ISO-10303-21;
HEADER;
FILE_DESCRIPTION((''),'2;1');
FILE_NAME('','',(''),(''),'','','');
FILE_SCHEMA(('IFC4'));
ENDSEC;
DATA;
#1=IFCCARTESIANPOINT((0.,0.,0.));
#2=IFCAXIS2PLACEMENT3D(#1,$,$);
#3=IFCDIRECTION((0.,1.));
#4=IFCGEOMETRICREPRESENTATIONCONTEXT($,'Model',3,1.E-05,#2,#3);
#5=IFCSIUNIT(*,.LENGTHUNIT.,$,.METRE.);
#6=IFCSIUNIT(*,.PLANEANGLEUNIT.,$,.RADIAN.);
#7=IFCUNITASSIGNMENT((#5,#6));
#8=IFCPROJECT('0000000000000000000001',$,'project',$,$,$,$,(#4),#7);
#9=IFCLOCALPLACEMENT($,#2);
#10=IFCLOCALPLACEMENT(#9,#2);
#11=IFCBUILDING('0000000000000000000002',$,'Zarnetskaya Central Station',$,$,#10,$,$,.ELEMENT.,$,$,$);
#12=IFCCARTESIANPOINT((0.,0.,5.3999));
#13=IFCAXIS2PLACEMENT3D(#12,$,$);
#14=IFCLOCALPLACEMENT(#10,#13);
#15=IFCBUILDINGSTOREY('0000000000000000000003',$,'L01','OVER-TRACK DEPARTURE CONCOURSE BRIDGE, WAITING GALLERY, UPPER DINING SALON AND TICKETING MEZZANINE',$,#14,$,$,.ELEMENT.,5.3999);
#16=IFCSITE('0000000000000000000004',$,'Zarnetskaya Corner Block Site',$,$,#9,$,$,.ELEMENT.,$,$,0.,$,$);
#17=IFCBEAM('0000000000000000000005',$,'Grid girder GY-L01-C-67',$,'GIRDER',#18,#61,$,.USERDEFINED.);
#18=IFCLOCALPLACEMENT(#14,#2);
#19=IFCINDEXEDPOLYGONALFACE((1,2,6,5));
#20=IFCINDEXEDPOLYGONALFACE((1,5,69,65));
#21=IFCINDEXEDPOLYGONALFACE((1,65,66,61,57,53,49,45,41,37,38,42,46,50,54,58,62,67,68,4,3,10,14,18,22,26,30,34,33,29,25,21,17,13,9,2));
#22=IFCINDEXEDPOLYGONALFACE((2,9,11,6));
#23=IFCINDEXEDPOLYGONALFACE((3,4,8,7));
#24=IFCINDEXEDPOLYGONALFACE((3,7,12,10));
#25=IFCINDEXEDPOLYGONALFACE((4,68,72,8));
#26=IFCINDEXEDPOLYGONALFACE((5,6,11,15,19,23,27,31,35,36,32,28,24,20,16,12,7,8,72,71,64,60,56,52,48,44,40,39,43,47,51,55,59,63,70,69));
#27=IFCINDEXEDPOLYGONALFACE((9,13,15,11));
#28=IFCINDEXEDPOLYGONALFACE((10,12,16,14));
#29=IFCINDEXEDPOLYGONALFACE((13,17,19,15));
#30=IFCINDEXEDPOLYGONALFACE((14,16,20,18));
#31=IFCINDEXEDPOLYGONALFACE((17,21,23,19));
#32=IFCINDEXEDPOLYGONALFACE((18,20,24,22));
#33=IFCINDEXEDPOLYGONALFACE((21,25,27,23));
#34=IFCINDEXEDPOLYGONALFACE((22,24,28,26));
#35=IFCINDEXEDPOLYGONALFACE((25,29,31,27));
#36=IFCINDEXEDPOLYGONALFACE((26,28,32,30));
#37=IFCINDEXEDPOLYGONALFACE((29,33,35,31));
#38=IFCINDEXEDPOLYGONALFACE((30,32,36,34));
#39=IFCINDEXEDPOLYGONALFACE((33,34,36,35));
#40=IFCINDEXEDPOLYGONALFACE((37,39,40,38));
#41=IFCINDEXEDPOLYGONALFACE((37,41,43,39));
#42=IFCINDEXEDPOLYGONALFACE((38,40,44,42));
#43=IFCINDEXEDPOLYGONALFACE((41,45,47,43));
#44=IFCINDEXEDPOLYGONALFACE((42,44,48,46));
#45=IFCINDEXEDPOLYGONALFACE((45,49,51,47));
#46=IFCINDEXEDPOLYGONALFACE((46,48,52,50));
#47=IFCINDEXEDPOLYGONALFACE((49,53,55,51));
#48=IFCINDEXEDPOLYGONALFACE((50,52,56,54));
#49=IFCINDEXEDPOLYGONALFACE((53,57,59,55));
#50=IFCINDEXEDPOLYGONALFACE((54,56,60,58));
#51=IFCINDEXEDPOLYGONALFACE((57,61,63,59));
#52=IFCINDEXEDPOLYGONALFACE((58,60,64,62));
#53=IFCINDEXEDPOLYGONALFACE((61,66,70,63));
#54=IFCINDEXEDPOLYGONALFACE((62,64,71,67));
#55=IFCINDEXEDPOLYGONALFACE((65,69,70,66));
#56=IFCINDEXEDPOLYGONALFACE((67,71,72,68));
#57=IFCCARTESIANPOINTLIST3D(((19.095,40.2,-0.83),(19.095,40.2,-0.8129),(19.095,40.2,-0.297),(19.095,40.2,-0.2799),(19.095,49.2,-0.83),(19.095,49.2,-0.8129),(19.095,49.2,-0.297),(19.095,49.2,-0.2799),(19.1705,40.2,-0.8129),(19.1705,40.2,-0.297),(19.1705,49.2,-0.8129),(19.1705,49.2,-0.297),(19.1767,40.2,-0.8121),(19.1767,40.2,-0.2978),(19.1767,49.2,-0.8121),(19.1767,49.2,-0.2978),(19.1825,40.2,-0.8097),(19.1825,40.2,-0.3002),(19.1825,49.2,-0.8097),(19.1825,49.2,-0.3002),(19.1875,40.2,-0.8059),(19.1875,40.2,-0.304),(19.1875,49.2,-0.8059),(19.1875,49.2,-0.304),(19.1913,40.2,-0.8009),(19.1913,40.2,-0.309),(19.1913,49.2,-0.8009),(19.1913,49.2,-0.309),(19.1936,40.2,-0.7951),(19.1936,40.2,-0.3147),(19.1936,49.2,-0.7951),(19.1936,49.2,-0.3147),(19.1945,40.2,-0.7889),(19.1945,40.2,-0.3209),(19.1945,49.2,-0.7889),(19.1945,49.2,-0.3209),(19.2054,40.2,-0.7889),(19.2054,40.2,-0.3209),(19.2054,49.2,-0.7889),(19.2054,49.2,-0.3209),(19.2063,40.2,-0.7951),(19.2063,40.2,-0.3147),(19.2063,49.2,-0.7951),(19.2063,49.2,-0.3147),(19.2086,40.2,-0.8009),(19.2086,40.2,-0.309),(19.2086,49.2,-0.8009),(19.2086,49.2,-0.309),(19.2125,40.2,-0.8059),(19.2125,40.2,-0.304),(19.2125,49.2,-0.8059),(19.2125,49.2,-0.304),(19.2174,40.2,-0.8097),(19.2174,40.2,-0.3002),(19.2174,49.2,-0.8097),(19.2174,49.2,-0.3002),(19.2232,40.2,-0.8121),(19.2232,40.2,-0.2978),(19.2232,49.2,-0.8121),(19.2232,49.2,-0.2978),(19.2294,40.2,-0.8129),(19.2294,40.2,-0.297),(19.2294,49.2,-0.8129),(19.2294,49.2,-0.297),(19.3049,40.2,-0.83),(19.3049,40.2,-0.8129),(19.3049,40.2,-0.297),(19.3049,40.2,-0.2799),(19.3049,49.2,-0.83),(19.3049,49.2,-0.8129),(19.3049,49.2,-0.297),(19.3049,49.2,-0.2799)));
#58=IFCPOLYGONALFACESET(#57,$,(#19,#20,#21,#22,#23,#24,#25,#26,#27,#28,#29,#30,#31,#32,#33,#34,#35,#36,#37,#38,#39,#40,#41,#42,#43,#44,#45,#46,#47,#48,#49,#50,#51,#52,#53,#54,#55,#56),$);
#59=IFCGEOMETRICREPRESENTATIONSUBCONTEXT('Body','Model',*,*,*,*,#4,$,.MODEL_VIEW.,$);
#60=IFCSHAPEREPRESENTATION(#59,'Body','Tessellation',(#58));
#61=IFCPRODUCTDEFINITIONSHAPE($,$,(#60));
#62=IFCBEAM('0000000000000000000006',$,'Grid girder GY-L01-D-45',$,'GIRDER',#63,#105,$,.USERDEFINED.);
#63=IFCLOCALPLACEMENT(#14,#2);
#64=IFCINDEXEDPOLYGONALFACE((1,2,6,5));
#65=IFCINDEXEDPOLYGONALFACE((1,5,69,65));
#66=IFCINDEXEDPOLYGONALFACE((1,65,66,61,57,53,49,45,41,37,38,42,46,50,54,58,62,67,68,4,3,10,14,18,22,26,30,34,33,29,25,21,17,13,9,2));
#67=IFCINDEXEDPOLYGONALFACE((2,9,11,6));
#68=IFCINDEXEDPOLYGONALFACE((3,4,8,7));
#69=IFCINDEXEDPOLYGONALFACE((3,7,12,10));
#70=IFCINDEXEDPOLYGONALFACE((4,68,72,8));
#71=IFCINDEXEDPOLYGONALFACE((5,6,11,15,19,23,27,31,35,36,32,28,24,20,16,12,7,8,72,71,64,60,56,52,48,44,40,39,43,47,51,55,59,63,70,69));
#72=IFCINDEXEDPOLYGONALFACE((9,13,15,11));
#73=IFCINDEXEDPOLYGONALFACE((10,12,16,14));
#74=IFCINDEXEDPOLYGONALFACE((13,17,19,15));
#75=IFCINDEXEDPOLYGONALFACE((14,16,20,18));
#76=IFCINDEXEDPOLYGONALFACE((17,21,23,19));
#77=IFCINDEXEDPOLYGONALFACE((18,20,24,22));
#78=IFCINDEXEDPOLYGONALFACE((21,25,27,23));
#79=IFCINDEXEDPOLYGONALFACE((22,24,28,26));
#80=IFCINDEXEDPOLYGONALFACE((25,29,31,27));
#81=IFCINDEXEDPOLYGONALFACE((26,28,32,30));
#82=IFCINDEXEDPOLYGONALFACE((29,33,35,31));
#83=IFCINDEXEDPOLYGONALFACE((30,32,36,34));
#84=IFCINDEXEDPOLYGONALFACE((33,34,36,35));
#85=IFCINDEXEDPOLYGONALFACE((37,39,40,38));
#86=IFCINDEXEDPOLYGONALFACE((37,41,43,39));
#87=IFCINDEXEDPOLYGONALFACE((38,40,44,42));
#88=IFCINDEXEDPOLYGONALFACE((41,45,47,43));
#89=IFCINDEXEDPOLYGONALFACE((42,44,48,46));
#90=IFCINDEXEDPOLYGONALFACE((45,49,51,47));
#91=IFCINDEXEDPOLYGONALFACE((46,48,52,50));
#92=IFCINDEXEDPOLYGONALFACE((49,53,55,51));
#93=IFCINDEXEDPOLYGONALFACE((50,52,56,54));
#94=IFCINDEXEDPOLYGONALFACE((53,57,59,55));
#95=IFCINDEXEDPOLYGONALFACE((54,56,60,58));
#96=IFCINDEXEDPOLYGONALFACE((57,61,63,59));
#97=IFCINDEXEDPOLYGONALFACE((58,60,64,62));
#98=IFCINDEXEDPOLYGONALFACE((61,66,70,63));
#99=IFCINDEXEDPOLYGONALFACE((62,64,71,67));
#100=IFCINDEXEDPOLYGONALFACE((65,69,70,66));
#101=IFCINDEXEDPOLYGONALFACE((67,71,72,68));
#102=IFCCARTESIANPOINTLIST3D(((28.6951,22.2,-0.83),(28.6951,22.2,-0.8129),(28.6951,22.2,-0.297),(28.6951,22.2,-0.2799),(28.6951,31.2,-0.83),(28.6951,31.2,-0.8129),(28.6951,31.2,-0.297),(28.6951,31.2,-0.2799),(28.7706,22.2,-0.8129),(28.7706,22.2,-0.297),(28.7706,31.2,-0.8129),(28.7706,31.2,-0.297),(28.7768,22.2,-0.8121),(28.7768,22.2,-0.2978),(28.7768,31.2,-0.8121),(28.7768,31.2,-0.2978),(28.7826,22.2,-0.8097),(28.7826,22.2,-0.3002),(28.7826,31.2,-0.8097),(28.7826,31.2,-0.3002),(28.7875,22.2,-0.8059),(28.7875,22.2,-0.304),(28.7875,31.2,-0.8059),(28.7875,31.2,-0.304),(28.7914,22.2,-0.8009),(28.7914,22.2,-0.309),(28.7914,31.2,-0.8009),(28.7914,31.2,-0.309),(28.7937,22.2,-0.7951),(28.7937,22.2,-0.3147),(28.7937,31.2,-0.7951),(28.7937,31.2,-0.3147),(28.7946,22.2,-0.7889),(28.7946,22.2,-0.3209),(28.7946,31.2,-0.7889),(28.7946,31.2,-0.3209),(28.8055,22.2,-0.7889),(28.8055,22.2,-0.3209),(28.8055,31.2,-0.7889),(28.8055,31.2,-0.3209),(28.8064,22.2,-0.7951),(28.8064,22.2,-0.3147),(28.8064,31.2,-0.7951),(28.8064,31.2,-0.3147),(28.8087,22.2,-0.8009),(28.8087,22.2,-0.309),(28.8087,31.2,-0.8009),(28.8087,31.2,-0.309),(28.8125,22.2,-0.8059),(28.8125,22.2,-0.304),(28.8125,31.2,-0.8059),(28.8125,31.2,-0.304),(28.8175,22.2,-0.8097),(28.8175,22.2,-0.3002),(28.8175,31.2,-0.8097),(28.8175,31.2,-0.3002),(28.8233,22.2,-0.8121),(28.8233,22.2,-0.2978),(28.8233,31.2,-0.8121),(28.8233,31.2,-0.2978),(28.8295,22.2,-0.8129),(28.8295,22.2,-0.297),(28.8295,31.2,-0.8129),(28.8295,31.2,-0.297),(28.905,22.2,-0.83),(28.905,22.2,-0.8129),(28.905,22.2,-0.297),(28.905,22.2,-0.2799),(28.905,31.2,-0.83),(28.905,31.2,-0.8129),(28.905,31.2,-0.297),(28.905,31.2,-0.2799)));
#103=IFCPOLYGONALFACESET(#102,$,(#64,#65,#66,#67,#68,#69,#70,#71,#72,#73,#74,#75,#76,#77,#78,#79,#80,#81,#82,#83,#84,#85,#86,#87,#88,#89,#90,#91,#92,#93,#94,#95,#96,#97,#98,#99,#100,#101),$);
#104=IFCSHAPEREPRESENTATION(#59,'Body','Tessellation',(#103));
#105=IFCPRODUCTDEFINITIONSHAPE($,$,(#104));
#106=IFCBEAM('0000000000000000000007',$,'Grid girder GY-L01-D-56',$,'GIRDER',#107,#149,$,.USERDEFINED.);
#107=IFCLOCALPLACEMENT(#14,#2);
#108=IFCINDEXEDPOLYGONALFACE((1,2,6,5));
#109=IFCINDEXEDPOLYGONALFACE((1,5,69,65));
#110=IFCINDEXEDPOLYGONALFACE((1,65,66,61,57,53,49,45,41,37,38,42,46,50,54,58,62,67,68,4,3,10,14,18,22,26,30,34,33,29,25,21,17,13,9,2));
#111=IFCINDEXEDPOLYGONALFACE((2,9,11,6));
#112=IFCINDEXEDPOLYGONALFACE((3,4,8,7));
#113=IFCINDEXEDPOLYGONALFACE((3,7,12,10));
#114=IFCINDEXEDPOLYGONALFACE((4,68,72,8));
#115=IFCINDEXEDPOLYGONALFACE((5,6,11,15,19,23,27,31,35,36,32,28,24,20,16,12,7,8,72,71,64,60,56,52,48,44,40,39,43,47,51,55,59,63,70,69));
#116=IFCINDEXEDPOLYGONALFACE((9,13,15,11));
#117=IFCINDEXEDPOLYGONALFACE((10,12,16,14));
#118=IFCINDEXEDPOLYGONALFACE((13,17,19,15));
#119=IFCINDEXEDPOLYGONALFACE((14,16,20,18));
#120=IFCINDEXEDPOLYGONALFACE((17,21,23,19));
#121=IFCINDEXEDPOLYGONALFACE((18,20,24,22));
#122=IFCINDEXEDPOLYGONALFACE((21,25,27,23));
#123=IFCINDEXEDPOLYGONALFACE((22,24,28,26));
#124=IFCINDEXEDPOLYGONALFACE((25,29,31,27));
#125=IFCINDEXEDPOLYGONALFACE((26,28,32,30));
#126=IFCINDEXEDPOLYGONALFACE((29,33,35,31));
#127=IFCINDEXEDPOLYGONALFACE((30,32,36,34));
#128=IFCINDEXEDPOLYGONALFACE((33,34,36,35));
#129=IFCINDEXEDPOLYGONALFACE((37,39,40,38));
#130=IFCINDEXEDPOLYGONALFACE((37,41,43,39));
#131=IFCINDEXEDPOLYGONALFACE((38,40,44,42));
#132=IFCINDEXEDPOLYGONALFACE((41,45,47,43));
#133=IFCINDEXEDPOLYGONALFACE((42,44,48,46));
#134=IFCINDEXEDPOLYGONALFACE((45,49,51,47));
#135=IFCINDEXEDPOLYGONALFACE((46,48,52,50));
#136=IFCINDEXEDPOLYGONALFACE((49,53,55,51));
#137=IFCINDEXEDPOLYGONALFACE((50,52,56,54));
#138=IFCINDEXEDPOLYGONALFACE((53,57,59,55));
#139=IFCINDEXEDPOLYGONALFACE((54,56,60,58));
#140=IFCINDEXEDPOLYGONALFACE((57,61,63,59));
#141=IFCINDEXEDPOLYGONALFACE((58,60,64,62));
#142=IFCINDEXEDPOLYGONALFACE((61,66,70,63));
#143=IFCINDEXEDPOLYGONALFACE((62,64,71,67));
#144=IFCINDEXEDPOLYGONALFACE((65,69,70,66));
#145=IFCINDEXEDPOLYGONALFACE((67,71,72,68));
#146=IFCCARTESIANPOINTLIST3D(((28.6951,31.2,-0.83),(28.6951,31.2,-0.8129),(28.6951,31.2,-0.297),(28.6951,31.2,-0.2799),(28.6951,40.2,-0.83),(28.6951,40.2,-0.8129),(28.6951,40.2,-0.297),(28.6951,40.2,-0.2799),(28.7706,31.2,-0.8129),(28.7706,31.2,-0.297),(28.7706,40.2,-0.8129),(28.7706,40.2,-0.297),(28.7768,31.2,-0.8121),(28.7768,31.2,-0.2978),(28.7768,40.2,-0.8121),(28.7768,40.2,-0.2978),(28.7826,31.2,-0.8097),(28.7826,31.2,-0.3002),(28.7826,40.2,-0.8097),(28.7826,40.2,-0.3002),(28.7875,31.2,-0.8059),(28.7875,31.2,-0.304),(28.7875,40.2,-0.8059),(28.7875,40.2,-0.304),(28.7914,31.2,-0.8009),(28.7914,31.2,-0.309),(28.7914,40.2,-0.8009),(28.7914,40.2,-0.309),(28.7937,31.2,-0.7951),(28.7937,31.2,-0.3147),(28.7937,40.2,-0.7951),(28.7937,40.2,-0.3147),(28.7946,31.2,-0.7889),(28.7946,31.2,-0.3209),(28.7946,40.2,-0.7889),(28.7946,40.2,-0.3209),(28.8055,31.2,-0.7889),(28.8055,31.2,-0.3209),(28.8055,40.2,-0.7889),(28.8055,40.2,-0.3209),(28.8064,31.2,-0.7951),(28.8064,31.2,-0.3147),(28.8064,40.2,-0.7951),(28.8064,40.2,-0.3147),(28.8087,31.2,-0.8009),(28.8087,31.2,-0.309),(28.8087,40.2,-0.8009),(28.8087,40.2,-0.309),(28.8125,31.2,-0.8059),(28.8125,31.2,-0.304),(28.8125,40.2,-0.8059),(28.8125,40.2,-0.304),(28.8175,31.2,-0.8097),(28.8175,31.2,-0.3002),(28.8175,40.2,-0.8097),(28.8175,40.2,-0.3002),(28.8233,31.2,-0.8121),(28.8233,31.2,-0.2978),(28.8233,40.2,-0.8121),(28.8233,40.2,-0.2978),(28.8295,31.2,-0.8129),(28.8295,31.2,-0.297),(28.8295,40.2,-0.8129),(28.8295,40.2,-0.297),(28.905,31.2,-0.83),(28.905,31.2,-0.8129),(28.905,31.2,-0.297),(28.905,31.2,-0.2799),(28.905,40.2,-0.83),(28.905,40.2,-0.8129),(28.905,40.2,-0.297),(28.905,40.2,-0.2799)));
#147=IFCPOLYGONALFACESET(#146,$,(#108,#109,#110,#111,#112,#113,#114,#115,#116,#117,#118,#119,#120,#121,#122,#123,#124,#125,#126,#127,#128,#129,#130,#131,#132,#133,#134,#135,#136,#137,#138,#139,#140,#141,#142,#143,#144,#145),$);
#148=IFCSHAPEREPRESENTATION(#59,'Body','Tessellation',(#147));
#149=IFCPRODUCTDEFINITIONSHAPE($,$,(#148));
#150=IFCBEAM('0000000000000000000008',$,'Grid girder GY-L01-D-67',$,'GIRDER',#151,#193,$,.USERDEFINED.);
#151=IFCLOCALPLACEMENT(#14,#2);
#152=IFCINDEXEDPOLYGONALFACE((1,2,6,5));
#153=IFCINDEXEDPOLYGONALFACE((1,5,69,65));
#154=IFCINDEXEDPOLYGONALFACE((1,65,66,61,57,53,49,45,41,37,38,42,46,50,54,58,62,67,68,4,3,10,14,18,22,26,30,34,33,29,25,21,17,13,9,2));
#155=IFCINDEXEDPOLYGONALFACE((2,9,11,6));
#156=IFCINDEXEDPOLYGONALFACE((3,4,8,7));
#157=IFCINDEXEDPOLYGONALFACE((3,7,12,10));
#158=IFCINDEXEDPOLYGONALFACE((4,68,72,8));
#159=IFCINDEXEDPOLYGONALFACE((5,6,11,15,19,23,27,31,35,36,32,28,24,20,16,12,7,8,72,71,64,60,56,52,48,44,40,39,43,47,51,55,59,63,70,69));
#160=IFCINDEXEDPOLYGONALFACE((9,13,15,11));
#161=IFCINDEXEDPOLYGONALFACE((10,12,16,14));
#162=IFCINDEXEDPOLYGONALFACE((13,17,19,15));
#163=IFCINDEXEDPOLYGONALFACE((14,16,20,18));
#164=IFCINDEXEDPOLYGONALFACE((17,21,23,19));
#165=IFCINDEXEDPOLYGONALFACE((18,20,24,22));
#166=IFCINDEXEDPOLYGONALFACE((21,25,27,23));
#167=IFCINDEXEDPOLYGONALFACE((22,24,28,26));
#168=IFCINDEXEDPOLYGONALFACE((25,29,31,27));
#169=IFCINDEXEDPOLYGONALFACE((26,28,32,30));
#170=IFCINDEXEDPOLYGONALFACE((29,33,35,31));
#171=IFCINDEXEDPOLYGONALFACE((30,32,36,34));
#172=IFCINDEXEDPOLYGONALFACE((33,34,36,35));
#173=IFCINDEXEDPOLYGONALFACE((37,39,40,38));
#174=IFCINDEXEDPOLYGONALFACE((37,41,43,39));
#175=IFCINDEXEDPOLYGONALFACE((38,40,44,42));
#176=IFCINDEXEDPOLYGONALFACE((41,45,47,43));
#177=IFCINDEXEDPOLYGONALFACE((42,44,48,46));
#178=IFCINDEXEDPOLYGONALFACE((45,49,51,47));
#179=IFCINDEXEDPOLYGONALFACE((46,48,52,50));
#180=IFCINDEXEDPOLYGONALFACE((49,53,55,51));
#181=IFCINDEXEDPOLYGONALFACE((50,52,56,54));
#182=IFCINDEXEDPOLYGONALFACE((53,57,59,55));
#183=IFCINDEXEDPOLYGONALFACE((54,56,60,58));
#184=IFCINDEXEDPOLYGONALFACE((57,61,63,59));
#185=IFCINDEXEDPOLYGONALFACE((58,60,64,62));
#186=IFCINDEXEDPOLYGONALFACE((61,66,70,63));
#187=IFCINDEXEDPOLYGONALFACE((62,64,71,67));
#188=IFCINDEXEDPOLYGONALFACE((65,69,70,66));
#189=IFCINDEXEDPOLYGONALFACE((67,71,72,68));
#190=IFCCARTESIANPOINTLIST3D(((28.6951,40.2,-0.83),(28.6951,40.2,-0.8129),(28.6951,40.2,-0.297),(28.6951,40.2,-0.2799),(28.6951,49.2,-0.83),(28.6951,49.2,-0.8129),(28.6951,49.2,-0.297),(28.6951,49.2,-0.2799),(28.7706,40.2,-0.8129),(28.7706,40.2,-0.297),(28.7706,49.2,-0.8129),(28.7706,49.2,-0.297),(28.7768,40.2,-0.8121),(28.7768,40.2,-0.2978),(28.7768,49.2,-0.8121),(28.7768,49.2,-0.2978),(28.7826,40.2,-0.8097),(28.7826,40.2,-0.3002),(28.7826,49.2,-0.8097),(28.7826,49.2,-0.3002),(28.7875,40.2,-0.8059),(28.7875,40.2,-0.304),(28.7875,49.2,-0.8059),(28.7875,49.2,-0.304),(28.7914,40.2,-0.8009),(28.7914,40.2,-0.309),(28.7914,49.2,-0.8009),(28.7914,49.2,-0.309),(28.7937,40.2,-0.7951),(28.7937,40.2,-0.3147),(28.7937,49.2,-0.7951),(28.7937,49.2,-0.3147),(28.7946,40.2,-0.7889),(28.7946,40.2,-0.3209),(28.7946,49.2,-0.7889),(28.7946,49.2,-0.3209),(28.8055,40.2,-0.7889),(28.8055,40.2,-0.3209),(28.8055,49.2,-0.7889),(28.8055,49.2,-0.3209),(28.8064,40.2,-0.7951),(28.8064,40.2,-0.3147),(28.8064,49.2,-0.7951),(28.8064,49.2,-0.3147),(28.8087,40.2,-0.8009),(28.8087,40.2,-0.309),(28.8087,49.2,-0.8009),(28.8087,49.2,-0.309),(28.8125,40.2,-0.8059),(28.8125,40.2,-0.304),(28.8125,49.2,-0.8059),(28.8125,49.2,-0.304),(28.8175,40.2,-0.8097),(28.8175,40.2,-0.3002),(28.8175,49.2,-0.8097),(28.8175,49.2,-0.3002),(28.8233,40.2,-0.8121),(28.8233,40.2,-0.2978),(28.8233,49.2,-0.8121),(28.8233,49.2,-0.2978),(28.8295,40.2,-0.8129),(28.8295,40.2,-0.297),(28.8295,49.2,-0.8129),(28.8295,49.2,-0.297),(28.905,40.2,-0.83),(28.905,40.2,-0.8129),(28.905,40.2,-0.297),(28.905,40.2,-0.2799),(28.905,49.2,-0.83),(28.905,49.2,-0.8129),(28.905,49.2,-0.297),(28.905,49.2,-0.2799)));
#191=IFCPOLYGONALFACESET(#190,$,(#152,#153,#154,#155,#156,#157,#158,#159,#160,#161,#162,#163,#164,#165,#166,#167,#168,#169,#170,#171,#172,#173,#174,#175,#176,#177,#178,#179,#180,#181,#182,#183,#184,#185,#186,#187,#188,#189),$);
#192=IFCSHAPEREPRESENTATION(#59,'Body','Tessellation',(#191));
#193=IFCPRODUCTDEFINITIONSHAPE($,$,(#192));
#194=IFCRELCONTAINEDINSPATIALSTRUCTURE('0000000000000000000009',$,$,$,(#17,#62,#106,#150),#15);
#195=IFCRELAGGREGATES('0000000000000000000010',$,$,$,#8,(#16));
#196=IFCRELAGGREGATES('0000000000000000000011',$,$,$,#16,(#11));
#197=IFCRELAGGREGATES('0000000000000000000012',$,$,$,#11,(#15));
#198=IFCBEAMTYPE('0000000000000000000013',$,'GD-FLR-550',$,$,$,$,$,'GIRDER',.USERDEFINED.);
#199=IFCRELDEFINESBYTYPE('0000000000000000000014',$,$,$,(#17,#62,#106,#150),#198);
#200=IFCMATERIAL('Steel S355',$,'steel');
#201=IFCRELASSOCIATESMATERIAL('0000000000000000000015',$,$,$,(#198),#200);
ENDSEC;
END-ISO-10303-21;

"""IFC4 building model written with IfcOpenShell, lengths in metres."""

from ifc_helpers import new_model, si_unit, direction, frame, origin, origin_2d, place, context, subcontext, project, spatial, i_section, extrude, material, material_profile, profile_set, type_object, element, save


model = new_model("IFC4")

# Units and contexts
model_context = context("Model", 3, precision=1e-05, world=origin(), true_north=direction((0.0, 1.0)))
body_context = subcontext(model_context, "Body", "Model", "MODEL_VIEW")
ifc_project = project(units=[si_unit("LENGTHUNIT", "METRE"), si_unit("PLANEANGLEUNIT", "RADIAN")], contexts=[model_context])

# Site, building, storey
site_placement = place(None, origin())
site = spatial("IfcSite", under=ifc_project, at=site_placement, Name="Zarnetskaya Corner Block Site", CompositionType="ELEMENT", RefElevation=0.0)
building_placement = place(site_placement, origin())
building = spatial("IfcBuilding", under=site, at=building_placement, Name="Zarnetskaya Central Station", CompositionType="ELEMENT")
storey_placement = place(building_placement, frame((0.0, 0.0, 5.3999)))
storey = spatial("IfcBuildingStorey", under=building, at=storey_placement, Name="L01", Description="OVER-TRACK DEPARTURE CONCOURSE BRIDGE, WAITING GALLERY, UPPER DINING SALON AND TICKETING MEZZANINE", CompositionType="ELEMENT", Elevation=5.3999)

# Shared definitions
ifc_material_1 = material(Name="Steel S355", Category="steel")

# Beams
ifc_material_profile_1 = material_profile(ifc_material_1, i_section(OverallWidth=0.21, OverallDepth=0.55, WebThickness=0.011, FlangeThickness=0.0171, FilletRadius=0.0239, at=origin_2d()), Name="IPE 550")
ifc_profile_set_1 = profile_set([ifc_material_profile_1], Name="Steel S355")
beam_type_1 = type_object("IfcBeamType", Name="GD-FLR-550", ElementType="GIRDER", PredefinedType="USERDEFINED", material=ifc_profile_set_1)
for number, where, z_axis, x_axis, name in (
    (1, (19.2, 40.2, -0.5549), (0.0, 1.0, 0.0), (-1.0, 0.0, 0.0), "Grid girder GY-L01-C-67"),
    (2, (28.8, 22.2, -0.5549), (0.0, 1.0, 0.0), (-1.0, 0.0, 0.0), "Grid girder GY-L01-D-45"),
    (3, (28.8, 31.2, -0.5549), (0.0, 1.0, 0.0), (-1.0, 0.0, 0.0), "Grid girder GY-L01-D-56"),
    (4, (28.8, 40.2, -0.5549), (0.0, 1.0, 0.0), (-1.0, 0.0, 0.0), "Grid girder GY-L01-D-67"),
):
    element("IfcBeam", number, at=place(storey_placement, frame(where, z_axis=z_axis, x_axis=x_axis)), inside=storey, type_object=beam_type_1, Name=name, ObjectType="GIRDER", PredefinedType="USERDEFINED", context=body_context, shape_type="SweptSolid", body=[
        extrude(i_section(OverallWidth=0.21, OverallDepth=0.55, WebThickness=0.011, FlangeThickness=0.0171, FilletRadius=0.0239, at=origin_2d()), origin(), (0.0, 0.0, 1.0), 9.0),
    ])

save(model, "model.ifc")
